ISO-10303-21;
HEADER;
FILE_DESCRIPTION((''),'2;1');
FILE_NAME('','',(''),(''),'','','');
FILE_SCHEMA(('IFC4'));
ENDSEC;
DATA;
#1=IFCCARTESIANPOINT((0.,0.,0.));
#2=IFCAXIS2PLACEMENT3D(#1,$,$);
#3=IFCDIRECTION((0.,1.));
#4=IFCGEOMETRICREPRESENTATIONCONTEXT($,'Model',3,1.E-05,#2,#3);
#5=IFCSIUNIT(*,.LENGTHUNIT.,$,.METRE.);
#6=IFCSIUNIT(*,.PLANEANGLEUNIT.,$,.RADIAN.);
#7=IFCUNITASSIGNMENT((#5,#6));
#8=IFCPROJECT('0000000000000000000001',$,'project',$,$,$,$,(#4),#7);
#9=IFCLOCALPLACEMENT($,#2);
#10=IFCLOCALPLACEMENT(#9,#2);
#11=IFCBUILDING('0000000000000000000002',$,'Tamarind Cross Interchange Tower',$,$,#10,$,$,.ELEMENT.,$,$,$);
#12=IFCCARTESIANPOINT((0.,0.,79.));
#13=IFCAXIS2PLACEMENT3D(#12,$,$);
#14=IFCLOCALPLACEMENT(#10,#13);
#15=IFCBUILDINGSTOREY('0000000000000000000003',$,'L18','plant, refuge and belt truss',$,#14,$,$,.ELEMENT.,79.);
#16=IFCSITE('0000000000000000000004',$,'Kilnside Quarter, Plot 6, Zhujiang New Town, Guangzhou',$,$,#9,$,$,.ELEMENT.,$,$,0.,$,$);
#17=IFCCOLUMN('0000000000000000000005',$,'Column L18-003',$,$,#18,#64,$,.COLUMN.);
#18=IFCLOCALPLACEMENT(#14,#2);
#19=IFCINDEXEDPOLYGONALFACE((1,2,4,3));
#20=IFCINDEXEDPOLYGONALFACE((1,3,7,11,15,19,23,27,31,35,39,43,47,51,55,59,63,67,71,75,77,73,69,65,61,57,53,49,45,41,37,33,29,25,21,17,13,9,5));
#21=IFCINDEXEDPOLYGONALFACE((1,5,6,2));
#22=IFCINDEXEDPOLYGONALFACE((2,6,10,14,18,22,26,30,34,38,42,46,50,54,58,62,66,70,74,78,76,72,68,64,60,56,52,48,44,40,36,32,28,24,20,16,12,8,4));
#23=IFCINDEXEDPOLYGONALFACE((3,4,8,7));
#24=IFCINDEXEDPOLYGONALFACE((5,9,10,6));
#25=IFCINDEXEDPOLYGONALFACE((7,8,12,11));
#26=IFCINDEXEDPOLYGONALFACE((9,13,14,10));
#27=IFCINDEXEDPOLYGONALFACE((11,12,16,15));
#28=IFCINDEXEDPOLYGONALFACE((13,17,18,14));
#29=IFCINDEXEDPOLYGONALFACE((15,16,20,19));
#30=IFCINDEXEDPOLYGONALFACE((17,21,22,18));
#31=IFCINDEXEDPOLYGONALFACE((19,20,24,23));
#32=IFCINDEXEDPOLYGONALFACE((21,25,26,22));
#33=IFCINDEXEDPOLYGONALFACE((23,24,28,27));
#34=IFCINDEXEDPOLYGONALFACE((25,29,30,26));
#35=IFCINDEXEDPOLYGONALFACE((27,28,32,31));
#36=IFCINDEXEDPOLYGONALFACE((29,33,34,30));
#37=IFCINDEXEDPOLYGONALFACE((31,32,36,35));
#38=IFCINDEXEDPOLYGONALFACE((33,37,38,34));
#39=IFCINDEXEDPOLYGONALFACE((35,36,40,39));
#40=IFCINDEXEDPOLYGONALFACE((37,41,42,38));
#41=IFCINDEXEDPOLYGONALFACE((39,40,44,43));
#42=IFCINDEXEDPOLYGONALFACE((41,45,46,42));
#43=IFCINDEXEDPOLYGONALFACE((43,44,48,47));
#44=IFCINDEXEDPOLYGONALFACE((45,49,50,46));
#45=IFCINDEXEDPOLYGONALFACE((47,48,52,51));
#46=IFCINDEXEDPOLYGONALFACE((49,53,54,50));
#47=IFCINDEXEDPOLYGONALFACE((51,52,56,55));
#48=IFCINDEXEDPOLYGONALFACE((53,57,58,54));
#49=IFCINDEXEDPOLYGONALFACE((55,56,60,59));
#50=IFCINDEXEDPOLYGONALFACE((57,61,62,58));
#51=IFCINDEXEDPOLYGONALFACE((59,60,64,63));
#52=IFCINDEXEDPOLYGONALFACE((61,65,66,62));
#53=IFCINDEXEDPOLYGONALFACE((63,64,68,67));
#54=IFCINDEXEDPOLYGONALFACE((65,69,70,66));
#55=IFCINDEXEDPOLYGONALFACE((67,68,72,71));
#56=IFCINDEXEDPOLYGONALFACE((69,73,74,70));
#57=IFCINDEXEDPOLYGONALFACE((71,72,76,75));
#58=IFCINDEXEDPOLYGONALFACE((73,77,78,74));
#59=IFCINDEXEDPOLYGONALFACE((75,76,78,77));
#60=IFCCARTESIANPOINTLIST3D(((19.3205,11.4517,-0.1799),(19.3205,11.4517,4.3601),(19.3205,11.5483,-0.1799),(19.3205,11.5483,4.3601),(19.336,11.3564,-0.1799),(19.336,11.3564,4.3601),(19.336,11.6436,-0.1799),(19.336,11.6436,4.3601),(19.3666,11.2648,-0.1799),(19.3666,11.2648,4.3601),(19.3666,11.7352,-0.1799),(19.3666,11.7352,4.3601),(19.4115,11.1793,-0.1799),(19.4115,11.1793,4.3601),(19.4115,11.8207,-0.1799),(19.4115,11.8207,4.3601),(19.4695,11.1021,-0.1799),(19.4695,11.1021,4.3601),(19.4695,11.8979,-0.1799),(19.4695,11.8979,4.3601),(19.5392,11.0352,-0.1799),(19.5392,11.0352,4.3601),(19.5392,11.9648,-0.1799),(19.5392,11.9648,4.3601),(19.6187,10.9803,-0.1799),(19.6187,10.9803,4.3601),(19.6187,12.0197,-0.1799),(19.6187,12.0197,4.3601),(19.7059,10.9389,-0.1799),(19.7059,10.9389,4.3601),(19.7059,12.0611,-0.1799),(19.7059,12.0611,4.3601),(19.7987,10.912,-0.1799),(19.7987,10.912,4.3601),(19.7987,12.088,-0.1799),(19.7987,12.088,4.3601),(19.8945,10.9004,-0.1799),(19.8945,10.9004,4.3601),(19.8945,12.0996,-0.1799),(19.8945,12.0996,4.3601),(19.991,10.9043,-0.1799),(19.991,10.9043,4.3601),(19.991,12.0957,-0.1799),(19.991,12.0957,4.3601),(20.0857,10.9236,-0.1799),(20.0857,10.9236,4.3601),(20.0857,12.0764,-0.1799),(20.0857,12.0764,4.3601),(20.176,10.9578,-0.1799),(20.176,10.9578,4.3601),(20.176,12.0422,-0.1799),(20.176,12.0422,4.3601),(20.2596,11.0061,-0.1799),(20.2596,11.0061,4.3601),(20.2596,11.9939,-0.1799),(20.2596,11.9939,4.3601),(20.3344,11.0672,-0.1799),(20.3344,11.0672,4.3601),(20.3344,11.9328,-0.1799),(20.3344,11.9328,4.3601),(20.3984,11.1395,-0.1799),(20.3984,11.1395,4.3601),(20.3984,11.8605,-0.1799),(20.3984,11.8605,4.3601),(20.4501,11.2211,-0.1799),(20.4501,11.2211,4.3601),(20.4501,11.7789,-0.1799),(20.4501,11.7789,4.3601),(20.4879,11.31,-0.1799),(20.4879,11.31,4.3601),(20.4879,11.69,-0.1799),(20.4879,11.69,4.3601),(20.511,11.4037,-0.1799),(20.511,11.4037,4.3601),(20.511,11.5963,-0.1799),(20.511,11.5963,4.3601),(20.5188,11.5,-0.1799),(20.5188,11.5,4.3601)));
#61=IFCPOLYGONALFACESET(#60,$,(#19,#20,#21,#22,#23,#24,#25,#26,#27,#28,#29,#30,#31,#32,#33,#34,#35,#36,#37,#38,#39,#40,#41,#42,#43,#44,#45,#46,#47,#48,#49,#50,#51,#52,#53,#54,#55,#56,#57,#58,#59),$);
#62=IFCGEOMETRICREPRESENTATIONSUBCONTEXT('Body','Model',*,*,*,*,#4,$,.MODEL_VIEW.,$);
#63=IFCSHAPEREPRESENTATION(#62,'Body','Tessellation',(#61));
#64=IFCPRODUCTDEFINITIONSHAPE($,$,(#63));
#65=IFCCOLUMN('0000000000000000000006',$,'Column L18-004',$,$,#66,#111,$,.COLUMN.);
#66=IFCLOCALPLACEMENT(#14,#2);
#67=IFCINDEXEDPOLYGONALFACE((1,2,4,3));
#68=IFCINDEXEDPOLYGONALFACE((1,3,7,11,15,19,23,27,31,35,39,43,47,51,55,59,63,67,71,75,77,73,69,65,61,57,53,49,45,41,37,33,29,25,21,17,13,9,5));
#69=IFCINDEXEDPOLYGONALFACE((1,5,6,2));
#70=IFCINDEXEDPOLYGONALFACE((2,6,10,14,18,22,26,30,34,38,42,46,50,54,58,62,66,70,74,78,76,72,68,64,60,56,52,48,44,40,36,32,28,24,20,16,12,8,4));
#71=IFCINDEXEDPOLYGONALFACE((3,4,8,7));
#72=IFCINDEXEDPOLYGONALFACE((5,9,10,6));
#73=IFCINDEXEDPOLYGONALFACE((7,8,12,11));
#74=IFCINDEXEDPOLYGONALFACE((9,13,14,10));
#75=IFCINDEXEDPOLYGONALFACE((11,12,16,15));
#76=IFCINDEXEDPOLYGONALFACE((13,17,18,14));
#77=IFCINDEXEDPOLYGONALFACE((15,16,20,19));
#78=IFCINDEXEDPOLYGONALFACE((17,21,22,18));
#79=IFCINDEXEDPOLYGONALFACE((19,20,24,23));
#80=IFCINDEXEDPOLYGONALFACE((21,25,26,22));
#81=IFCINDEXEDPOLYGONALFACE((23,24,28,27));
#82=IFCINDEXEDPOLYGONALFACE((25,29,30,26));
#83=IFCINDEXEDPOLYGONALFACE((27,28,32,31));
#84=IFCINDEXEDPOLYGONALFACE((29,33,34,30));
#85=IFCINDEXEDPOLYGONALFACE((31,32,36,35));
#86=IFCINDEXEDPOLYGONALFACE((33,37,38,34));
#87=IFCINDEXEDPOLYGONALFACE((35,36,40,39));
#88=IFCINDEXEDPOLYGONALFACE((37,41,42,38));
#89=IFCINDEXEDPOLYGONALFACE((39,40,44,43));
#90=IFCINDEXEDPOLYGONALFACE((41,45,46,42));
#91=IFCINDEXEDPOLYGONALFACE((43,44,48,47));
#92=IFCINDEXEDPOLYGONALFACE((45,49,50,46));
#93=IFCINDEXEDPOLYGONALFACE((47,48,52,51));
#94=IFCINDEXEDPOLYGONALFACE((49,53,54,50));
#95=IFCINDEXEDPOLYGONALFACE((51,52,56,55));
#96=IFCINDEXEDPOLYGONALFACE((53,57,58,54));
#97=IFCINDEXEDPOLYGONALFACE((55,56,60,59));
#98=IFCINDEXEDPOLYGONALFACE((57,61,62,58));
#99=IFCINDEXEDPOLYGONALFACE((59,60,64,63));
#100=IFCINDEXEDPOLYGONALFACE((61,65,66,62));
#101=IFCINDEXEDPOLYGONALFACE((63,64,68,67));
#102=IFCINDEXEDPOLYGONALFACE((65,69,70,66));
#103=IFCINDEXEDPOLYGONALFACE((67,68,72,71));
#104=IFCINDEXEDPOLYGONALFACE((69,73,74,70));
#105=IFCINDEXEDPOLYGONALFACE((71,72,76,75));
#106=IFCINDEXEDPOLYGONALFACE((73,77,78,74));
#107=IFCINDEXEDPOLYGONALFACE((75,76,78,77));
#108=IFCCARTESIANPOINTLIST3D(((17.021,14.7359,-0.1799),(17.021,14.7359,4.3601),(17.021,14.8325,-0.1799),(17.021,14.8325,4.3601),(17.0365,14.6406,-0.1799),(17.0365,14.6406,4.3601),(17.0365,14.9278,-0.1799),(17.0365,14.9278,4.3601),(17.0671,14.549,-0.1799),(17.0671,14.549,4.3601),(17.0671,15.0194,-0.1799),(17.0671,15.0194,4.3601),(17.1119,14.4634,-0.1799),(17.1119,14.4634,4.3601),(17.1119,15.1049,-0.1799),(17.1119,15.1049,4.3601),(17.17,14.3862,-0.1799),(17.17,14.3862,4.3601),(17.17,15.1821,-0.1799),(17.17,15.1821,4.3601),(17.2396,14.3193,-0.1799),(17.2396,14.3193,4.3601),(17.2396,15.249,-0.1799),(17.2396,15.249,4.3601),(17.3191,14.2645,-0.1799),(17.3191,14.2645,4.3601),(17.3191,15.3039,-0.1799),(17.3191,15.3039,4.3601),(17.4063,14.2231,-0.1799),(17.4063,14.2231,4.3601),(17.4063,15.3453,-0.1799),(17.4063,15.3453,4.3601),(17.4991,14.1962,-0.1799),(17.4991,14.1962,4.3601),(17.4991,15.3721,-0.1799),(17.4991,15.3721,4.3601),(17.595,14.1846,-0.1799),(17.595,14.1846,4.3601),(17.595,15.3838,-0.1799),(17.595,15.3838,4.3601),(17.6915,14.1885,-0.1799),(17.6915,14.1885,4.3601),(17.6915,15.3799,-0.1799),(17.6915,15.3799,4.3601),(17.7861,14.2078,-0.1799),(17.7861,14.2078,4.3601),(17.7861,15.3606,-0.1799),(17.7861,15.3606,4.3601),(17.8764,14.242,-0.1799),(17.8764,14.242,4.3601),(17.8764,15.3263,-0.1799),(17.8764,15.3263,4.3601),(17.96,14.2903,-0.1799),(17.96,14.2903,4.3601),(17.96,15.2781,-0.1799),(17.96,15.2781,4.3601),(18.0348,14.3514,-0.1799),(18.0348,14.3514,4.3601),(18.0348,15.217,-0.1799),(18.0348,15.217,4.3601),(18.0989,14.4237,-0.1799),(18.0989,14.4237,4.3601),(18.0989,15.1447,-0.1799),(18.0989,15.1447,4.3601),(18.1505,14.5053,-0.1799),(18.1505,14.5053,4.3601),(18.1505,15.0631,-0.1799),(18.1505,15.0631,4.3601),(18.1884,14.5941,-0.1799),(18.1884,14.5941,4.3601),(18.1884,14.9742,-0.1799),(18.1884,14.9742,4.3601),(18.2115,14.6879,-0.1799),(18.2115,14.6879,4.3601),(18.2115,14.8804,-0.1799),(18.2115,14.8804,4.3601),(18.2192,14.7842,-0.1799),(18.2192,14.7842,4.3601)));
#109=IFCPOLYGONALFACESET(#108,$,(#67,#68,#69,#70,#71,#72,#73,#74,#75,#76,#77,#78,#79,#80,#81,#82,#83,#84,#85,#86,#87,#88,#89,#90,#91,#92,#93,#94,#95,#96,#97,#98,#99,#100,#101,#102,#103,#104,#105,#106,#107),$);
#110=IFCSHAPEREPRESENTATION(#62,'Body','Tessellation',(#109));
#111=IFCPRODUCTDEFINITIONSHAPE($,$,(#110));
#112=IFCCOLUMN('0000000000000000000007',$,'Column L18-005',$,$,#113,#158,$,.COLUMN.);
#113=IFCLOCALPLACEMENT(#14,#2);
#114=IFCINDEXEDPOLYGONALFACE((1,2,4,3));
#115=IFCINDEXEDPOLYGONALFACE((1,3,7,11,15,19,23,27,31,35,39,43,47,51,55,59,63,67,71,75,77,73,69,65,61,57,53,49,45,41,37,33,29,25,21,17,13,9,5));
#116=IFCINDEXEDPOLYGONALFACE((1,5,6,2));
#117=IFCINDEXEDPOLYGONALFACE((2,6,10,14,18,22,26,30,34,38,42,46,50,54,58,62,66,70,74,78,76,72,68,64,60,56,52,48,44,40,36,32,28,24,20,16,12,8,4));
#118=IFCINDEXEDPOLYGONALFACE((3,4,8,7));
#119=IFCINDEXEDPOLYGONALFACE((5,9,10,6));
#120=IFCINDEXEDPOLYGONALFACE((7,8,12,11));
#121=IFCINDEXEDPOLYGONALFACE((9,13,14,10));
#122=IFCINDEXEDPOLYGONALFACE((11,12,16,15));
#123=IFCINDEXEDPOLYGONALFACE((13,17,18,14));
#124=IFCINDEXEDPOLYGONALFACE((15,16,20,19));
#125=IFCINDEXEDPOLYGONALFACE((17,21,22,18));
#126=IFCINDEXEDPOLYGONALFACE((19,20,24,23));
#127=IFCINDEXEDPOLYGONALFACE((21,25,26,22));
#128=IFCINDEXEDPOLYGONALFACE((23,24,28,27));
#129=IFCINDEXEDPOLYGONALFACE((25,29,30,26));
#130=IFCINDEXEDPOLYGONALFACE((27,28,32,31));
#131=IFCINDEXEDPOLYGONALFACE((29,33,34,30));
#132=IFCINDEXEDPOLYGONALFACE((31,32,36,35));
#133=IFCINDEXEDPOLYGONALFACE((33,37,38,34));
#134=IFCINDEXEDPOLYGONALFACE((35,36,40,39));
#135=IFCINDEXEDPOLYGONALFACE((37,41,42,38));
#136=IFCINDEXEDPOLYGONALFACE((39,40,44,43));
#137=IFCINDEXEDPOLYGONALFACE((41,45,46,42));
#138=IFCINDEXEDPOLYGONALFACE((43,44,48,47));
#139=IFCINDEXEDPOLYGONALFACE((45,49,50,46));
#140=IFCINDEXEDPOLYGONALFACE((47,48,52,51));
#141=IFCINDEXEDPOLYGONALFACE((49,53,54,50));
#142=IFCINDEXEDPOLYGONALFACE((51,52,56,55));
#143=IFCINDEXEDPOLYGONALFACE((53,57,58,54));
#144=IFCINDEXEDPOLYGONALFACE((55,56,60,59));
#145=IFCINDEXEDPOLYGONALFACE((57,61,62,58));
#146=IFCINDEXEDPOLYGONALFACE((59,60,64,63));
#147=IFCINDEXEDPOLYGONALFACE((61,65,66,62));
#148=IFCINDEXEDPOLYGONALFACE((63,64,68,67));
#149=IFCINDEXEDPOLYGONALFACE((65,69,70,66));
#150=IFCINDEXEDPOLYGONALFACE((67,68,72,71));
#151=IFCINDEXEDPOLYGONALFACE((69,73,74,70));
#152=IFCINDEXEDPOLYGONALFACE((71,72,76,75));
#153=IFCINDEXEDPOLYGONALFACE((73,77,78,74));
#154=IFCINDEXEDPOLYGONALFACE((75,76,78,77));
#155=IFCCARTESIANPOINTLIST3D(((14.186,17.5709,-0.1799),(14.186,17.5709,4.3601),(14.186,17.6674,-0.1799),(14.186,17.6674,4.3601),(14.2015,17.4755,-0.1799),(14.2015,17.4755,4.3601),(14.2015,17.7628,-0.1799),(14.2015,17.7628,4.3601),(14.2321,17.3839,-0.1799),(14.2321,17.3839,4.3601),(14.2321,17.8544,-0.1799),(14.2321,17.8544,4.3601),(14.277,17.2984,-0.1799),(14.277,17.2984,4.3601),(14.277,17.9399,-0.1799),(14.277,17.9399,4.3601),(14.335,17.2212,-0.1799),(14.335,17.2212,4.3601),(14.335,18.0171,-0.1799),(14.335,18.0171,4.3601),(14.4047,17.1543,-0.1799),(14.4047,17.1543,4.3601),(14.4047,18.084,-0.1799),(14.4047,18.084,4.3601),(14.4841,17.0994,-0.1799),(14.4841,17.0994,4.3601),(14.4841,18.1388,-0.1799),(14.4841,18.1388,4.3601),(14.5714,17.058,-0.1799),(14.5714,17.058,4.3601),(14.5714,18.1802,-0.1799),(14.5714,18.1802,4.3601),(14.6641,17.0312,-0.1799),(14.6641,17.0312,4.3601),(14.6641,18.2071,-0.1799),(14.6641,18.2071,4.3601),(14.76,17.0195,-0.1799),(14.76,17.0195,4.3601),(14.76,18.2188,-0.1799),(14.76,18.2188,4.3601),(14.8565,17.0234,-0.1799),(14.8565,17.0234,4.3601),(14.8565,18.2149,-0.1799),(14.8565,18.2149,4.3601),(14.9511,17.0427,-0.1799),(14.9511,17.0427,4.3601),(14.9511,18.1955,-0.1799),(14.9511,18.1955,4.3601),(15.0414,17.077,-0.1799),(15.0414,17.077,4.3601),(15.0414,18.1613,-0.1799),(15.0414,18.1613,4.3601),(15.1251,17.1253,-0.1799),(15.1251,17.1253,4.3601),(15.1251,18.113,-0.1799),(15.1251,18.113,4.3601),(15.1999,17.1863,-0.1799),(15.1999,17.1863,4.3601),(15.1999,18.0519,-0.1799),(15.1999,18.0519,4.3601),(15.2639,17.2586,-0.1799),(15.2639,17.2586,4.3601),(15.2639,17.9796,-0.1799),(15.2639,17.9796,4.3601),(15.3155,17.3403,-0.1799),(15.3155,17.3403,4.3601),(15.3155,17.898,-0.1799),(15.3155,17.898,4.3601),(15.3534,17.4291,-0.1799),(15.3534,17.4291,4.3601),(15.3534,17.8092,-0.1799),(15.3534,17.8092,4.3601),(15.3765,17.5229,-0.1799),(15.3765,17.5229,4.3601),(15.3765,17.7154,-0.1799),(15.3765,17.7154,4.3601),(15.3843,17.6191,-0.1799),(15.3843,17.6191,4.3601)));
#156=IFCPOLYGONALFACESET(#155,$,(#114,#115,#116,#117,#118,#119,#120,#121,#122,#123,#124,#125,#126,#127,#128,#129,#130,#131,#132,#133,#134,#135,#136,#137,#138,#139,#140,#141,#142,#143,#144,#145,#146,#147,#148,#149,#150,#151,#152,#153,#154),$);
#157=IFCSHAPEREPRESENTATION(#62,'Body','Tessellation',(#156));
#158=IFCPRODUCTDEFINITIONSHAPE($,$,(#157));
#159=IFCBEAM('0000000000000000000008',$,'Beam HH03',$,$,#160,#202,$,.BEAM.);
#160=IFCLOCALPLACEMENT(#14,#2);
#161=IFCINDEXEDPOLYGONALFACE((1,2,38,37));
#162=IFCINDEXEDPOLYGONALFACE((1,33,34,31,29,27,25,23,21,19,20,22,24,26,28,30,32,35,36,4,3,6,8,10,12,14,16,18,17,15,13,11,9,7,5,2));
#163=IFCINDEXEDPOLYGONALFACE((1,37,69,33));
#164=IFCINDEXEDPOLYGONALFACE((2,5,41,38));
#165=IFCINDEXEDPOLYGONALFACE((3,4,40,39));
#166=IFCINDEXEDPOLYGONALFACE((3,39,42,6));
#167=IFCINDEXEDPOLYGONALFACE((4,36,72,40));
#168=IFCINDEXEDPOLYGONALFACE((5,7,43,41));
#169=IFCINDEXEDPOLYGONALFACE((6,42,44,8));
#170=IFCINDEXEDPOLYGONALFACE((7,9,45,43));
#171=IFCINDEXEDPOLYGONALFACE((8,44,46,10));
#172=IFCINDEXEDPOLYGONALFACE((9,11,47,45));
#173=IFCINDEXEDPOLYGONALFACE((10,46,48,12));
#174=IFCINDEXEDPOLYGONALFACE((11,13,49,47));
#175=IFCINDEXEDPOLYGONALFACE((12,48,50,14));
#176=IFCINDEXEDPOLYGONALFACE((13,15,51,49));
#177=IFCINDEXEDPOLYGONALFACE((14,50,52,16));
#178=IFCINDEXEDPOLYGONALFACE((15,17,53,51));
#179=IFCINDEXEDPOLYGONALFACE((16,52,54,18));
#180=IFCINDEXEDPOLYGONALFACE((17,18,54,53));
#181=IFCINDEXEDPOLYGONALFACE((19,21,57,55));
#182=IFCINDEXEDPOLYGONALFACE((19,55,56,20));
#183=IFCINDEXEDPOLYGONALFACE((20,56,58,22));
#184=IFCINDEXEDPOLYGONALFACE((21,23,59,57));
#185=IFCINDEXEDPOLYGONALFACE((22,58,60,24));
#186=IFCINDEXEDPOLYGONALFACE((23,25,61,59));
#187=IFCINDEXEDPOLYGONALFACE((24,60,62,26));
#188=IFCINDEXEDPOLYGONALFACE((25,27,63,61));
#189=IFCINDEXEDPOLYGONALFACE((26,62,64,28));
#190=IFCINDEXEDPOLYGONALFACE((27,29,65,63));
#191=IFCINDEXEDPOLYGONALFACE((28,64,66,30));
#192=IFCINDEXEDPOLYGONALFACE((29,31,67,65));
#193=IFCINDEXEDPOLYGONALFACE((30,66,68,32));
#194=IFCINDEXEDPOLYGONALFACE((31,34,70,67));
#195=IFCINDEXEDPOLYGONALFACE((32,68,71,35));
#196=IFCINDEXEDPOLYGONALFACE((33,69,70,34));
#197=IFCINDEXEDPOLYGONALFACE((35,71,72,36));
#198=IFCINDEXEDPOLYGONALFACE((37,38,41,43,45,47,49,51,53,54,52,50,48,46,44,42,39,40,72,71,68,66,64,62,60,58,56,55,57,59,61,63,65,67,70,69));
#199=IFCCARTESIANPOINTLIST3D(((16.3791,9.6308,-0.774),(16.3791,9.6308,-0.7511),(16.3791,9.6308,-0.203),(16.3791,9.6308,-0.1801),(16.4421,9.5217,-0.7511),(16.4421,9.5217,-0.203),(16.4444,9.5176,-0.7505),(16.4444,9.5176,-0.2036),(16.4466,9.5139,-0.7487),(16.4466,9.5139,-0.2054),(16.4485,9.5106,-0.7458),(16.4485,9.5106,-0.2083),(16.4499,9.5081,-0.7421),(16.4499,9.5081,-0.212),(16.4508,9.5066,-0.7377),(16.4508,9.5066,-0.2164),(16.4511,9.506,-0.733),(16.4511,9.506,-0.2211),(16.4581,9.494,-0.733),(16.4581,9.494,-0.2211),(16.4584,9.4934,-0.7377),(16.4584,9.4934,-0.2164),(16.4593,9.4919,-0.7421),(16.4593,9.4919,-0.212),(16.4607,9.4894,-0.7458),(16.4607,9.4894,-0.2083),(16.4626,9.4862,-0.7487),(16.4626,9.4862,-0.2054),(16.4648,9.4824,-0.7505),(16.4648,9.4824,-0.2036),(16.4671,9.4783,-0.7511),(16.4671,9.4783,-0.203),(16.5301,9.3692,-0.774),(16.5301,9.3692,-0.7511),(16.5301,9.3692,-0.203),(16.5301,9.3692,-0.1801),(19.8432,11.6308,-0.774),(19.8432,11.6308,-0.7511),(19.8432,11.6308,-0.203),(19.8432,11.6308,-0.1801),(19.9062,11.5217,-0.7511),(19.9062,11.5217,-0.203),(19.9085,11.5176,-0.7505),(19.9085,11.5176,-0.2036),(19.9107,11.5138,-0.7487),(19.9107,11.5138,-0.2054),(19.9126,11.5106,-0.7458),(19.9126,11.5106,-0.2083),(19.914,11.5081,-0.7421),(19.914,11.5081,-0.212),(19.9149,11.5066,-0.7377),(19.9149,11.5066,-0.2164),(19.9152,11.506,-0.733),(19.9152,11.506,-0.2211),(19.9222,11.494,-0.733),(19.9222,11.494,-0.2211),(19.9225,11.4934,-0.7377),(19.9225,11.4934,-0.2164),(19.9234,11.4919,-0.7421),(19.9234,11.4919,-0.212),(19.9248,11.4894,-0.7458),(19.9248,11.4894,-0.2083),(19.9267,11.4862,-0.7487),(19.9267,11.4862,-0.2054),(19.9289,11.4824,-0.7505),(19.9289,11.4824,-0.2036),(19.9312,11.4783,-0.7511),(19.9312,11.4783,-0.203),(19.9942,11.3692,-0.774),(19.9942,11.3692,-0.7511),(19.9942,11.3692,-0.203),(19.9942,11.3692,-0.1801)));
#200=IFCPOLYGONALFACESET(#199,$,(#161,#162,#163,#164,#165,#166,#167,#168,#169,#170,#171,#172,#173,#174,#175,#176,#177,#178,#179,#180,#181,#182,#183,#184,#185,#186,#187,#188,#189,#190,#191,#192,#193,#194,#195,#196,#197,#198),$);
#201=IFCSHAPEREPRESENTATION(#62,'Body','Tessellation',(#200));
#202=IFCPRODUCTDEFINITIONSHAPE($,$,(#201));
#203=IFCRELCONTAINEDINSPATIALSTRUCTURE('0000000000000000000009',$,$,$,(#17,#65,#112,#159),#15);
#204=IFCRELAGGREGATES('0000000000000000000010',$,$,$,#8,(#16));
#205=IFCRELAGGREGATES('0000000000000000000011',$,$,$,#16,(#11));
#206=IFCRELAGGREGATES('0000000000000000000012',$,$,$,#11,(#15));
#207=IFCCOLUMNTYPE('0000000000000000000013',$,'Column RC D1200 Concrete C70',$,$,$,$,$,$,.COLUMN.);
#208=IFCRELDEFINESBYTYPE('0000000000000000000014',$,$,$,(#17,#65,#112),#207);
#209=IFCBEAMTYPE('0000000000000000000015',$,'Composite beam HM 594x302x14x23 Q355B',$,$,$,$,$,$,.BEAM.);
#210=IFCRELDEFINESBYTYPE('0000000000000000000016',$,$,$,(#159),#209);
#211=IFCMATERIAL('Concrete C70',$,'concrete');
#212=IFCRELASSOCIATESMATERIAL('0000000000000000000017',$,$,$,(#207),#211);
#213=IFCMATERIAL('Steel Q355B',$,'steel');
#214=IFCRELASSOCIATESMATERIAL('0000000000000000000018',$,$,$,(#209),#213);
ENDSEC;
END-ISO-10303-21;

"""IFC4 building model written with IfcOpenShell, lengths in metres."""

from ifc_helpers import new_model, si_unit, direction, frame, origin, origin_2d, place, context, subcontext, project, spatial, circle, i_section, extrude, material, material_profile, profile_set, type_object, element, save


model = new_model("IFC4")

# Units and contexts
model_context = context("Model", 3, precision=1e-05, world=origin(), true_north=direction((0.0, 1.0)))
body_context = subcontext(model_context, "Body", "Model", "MODEL_VIEW")
ifc_project = project(units=[si_unit("LENGTHUNIT", "METRE"), si_unit("PLANEANGLEUNIT", "RADIAN")], contexts=[model_context])

# Site, building, storey
site_placement = place(None, origin())
site = spatial("IfcSite", under=ifc_project, at=site_placement, Name="Kilnside Quarter, Plot 6, Zhujiang New Town, Guangzhou", CompositionType="ELEMENT", RefElevation=0.0)
building_placement = place(site_placement, origin())
building = spatial("IfcBuilding", under=site, at=building_placement, Name="Tamarind Cross Interchange Tower", CompositionType="ELEMENT")
storey_placement = place(building_placement, frame((0.0, 0.0, 79.0)))
storey = spatial("IfcBuildingStorey", under=building, at=storey_placement, Name="L18", Description="plant, refuge and belt truss", CompositionType="ELEMENT", Elevation=79.0)

# Columns
ifc_material_1 = material(Name="Concrete C70", Category="concrete")
ifc_material_profile_1 = material_profile(ifc_material_1, circle(Radius=0.6001, at=origin_2d()), Name="RC D1200")
ifc_profile_set_1 = profile_set([ifc_material_profile_1], Name="Concrete C70")
column_type = type_object("IfcColumnType", Name="Column RC D1200 Concrete C70", PredefinedType="COLUMN", material=ifc_profile_set_1)
for number, where, z_axis, x_axis, name in (
    (1, (19.9187, 11.5, -0.1799), (0.0, 0.0, 1.0), (1.0, 0.0, 0.0), "Column L18-003"),
    (2, (17.6191, 14.7842, -0.1799), (0.0, 0.0, 1.0), (1.0, 0.0, 0.0), "Column L18-004"),
    (3, (14.7842, 17.6191, -0.1799), (0.0, 0.0, 1.0), (1.0, 0.0, 0.0), "Column L18-005"),
):
    element("IfcColumn", number, at=place(storey_placement, frame(where, z_axis=z_axis, x_axis=x_axis)), inside=storey, type_object=column_type, Name=name, PredefinedType="COLUMN", context=body_context, shape_type="SweptSolid", body=[
        extrude(circle(Radius=0.6001, at=origin_2d()), origin(), (0.0, 0.0, 1.0), 4.54),
    ])

# Beam
ifc_material_2 = material(Name="Steel Q355B", Category="steel")
ifc_material_profile_2 = material_profile(ifc_material_2, i_section(OverallWidth=0.302, OverallDepth=0.594, WebThickness=0.0139, FlangeThickness=0.0229, FilletRadius=0.0181, at=origin_2d()), Name="HM 594x302x14x23")
ifc_profile_set_2 = profile_set([ifc_material_profile_2], Name="Steel Q355B")
beam_type = type_object("IfcBeamType", Name="Composite beam HM 594x302x14x23 Q355B", PredefinedType="BEAM", material=ifc_profile_set_2)
beam_1_placement = place(storey_placement, frame((19.9187, 11.5, -0.4771), z_axis=(-0.866026, -0.499999, 0.0), x_axis=(0.499999, -0.866026, 0.0)))
element("IfcBeam", 4, at=beam_1_placement, inside=storey, type_object=beam_type, Name="Beam HH03", PredefinedType="BEAM", context=body_context, shape_type="SweptSolid", body=[
    extrude(i_section(OverallWidth=0.302, OverallDepth=0.594, WebThickness=0.0139, FlangeThickness=0.0229, FilletRadius=0.0181, at=origin_2d()), origin(), (0.0, 0.0, 1.0), 4.0),
])

save(model, "model.ifc")
